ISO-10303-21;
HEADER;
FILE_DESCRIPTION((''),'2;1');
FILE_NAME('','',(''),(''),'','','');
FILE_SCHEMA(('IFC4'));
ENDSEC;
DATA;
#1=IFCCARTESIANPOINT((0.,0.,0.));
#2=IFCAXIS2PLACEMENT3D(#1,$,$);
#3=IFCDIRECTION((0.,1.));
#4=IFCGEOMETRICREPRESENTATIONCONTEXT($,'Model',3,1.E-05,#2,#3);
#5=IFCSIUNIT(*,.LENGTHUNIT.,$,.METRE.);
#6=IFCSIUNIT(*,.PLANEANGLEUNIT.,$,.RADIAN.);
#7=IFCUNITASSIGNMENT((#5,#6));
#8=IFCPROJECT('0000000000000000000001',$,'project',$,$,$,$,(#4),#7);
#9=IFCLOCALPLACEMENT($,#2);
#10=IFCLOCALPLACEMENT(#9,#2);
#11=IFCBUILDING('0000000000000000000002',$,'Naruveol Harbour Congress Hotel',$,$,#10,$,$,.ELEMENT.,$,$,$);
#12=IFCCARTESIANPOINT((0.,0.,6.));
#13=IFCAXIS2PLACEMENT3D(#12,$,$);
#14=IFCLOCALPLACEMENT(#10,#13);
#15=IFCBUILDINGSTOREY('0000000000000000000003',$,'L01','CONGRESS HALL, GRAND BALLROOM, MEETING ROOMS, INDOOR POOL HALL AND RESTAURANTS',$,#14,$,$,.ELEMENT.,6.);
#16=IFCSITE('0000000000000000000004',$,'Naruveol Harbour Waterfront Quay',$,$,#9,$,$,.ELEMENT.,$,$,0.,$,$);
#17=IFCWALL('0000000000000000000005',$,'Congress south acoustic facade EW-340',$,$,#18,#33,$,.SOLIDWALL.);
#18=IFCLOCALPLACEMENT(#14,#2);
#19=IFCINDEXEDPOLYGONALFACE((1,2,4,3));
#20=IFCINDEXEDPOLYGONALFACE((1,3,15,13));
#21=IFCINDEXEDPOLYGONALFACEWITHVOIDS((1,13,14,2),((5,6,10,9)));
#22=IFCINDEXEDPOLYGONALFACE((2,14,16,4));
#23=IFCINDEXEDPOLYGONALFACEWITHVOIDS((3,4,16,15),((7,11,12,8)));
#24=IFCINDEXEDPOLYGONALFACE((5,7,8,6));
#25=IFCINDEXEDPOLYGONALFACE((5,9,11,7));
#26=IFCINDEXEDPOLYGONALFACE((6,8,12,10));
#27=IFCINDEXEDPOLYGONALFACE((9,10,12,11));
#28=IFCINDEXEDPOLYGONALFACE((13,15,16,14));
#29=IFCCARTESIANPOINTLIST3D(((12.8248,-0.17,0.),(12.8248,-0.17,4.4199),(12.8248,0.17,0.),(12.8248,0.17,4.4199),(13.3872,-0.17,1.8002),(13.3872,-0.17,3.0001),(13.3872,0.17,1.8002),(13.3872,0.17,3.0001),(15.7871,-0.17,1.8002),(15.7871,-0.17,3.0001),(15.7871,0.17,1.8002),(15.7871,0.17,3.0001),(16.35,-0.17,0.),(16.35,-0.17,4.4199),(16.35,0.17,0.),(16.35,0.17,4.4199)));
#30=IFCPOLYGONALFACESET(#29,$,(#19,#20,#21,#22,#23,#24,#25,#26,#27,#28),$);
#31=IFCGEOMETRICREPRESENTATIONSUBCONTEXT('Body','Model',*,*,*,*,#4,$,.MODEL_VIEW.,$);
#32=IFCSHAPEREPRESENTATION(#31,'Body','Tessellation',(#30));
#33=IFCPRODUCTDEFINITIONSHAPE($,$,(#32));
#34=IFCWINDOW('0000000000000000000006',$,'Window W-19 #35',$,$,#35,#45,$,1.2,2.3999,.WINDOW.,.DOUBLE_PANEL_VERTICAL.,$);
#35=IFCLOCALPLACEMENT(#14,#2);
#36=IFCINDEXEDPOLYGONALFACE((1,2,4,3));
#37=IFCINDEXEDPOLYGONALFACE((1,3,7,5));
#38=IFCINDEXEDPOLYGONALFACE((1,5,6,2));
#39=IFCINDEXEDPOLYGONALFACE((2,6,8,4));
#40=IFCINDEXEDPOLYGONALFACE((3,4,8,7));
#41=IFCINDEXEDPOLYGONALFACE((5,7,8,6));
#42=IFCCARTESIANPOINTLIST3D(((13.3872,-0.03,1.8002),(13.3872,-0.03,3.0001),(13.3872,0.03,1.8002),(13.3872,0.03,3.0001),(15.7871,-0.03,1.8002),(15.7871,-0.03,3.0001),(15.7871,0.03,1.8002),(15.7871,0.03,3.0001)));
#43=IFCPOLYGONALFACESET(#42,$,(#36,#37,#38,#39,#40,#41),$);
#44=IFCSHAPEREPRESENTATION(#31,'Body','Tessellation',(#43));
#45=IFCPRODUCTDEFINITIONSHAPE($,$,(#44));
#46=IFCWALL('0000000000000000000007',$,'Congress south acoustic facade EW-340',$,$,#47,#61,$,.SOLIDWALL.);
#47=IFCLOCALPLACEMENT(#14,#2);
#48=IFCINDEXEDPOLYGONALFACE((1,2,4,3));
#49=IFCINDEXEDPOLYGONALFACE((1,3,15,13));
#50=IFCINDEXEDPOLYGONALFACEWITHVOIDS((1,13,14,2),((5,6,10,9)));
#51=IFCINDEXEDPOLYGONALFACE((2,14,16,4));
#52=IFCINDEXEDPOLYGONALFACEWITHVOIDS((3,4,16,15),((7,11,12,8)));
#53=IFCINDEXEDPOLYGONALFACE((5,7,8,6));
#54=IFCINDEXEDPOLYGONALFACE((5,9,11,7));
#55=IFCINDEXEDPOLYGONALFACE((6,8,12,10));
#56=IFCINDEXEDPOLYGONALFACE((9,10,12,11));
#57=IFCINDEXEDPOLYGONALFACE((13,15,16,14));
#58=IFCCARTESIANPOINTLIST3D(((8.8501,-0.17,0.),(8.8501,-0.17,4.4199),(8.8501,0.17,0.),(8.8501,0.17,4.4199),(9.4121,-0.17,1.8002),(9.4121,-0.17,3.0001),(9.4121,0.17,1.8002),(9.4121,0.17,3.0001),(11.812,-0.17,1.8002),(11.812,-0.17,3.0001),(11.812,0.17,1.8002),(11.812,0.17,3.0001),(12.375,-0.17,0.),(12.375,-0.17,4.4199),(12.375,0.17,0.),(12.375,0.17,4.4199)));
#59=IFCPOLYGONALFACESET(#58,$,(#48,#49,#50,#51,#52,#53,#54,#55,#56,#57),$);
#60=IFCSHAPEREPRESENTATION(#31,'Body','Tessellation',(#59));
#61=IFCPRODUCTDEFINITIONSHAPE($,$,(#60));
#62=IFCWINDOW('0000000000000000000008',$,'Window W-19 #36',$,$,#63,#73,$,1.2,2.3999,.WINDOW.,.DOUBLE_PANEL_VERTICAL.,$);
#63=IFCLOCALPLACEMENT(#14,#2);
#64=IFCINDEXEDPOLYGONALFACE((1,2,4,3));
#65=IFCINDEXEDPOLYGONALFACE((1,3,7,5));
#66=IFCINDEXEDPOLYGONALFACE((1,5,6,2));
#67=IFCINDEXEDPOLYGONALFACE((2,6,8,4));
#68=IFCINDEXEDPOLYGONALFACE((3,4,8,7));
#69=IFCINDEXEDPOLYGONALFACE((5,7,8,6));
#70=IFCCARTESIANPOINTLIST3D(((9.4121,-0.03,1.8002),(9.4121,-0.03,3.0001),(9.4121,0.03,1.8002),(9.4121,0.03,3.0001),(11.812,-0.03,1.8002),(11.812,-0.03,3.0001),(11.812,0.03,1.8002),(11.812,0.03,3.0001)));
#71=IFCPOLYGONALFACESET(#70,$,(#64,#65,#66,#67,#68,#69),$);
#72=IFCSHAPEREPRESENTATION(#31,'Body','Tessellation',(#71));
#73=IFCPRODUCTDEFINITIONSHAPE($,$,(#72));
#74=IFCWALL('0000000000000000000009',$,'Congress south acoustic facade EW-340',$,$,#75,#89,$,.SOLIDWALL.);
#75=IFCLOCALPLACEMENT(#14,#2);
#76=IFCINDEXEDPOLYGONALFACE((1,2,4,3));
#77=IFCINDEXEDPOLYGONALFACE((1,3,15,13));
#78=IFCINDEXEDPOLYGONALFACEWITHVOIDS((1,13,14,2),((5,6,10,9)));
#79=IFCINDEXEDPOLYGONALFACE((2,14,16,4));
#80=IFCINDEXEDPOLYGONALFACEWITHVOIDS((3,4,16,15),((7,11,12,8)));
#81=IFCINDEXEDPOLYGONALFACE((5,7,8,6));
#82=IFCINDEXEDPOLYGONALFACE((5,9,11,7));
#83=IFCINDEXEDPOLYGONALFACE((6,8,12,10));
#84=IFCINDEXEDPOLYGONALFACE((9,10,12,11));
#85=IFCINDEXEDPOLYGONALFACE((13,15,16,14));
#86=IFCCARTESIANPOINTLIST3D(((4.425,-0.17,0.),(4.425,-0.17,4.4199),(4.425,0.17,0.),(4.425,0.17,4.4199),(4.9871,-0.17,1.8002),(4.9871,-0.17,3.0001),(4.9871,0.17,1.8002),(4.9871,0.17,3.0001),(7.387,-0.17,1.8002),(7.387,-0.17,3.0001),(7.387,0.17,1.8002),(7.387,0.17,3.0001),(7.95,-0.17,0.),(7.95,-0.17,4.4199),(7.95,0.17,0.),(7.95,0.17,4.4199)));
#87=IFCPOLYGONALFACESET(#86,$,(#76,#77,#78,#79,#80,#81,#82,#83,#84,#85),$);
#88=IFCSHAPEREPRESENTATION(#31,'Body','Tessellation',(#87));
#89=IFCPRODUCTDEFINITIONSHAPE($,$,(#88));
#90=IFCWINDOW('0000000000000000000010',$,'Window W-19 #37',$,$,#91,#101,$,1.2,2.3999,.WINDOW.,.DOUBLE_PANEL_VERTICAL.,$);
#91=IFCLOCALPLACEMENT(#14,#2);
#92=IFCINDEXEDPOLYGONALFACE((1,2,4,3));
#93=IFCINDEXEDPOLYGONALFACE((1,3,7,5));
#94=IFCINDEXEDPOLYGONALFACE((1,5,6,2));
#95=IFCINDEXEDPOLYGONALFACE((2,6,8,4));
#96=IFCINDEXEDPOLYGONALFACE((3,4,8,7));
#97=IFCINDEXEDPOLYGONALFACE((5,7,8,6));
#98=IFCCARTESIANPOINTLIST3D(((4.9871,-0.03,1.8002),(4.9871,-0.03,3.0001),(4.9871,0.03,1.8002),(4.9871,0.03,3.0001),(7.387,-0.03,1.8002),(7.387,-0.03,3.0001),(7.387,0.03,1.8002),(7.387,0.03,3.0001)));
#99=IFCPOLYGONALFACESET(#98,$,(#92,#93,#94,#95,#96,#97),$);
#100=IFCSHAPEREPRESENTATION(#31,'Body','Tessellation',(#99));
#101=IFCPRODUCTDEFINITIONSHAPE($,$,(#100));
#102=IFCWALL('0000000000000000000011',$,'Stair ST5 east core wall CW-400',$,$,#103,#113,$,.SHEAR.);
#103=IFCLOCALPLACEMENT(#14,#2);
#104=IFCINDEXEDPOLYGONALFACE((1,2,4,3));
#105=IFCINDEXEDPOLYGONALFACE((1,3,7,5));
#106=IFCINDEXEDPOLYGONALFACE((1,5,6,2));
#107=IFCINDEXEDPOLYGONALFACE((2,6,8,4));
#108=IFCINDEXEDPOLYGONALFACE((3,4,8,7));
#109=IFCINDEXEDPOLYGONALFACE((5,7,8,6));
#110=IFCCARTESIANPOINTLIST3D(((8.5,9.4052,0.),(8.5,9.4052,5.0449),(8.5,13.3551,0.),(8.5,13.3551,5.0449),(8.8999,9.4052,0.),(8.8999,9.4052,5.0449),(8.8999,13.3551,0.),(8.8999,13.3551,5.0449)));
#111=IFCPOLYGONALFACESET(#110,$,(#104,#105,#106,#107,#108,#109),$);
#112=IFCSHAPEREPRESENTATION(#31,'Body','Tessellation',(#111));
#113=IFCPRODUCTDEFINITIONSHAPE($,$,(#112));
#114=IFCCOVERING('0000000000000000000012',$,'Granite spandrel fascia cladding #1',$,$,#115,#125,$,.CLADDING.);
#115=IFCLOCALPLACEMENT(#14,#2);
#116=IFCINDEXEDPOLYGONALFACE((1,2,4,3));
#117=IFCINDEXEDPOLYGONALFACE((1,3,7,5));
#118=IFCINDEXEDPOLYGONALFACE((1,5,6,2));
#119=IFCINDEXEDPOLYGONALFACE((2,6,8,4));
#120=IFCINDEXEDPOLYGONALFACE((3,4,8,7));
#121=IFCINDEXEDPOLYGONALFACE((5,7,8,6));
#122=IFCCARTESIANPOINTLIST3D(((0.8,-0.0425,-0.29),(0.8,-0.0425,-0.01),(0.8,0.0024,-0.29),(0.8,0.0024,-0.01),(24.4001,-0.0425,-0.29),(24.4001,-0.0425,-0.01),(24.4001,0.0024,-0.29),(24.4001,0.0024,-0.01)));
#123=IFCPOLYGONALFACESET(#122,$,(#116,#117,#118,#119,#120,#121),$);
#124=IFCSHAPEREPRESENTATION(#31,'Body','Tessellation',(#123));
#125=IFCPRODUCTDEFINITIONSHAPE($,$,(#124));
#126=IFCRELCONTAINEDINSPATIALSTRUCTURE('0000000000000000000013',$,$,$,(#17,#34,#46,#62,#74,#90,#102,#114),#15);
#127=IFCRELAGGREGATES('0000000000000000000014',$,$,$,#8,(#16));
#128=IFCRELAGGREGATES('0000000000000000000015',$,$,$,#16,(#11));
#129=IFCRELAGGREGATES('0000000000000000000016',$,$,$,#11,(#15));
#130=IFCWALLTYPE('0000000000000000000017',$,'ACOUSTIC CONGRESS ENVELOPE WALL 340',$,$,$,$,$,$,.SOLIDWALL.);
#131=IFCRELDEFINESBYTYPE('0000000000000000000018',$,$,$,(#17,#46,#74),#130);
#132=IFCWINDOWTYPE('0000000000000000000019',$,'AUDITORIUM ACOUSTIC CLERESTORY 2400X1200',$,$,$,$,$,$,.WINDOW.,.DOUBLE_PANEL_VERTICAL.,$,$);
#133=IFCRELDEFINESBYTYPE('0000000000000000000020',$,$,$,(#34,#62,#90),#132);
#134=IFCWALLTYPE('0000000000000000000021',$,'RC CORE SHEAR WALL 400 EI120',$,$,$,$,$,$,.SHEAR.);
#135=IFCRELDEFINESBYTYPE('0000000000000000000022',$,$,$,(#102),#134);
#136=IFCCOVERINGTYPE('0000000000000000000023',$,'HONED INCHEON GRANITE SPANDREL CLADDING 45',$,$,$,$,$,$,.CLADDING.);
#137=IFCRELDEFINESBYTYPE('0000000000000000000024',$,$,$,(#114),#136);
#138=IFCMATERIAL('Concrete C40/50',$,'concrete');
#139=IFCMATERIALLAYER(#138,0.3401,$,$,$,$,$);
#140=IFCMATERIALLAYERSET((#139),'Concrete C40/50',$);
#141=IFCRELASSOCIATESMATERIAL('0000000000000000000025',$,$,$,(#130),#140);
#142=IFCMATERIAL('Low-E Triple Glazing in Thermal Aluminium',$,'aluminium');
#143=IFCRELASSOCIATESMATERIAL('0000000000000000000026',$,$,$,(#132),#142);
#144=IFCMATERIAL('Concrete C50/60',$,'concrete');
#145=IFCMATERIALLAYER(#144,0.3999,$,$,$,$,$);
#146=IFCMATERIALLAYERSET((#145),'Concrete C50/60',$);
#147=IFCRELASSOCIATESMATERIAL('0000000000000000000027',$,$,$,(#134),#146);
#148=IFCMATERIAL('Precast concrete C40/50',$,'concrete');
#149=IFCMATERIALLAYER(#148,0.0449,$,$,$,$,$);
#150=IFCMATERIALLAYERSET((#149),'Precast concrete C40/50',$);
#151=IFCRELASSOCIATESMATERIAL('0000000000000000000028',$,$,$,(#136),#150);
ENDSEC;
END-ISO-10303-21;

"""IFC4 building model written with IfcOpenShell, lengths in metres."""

from ifc_helpers import new_model, si_unit, direction, frame, frame_2d, origin, origin_2d, place, context, subcontext, project, spatial, rectangle, extrude, material, layer, layer_set, type_object, element, fill, save


model = new_model("IFC4")

# Units and contexts
model_context = context("Model", 3, precision=1e-05, world=origin(), true_north=direction((0.0, 1.0)))
body_context = subcontext(model_context, "Body", "Model", "MODEL_VIEW")
ifc_project = project(units=[si_unit("LENGTHUNIT", "METRE"), si_unit("PLANEANGLEUNIT", "RADIAN")], contexts=[model_context])

# Site, building, storey
site_placement = place(None, origin())
site = spatial("IfcSite", under=ifc_project, at=site_placement, Name="Naruveol Harbour Waterfront Quay", CompositionType="ELEMENT", RefElevation=0.0)
building_placement = place(site_placement, origin())
building = spatial("IfcBuilding", under=site, at=building_placement, Name="Naruveol Harbour Congress Hotel", CompositionType="ELEMENT")
storey_placement = place(building_placement, frame((0.0, 0.0, 6.0)))
storey = spatial("IfcBuildingStorey", under=building, at=storey_placement, Name="L01", Description="CONGRESS HALL, GRAND BALLROOM, MEETING ROOMS, INDOOR POOL HALL AND RESTAURANTS", CompositionType="ELEMENT", Elevation=6.0)

# Walls, openings, windows
ifc_material_1 = material(Name="Concrete C40/50", Category="concrete")
ifc_layer_1 = layer(ifc_material_1, 0.3401)
ifc_layer_set_1 = layer_set([ifc_layer_1], Name="Concrete C40/50")
wall_type_1 = type_object("IfcWallType", Name="ACOUSTIC CONGRESS ENVELOPE WALL 340", PredefinedType="SOLIDWALL", material=ifc_layer_set_1)
ifc_material_2 = material(Name="Low-E Triple Glazing in Thermal Aluminium", Category="aluminium")
window_type = type_object("IfcWindowType", Name="AUDITORIUM ACOUSTIC CLERESTORY 2400X1200", PartitioningType="DOUBLE_PANEL_VERTICAL", PredefinedType="WINDOW", material=ifc_material_2)
wall_1_placement = place(storey_placement, frame((16.3501, 0.0, 0.0), z_axis=(0.0, 0.0, 1.0), x_axis=(-1.0, 0.0, 0.0)))
wall_1 = element("IfcWall", 1, at=wall_1_placement, inside=storey, type_object=wall_type_1, Name="Congress south acoustic facade EW-340", PredefinedType="SOLIDWALL", context=body_context, shape_type="SweptSolid", body=[
    extrude(rectangle(XDim=3.5251, YDim=0.3401, at=frame_2d((1.7627, 0.0))), origin(), (0.0, 0.0, 1.0), 4.4199),
])
opening_1_placement = place(wall_1_placement, frame((0.563, 0.0, 1.8)))
opening_1 = element("IfcOpeningElement", 2, at=opening_1_placement, cuts=wall_1, PredefinedType="OPENING", context=body_context, shape_type="SweptSolid", body=[
    extrude(rectangle(XDim=2.3999, YDim=1.2, at=frame_2d((1.2, 0.6001))), frame((0.0, 0.1799, 0.0), z_axis=(0.0, -1.0, 0.0), x_axis=(1.0, 0.0, 0.0)), (0.0, 0.0, 1.0), 0.3601),
])
window_1_placement = place(opening_1_placement, origin())
window_1 = element("IfcWindow", 3, at=window_1_placement, inside=storey, type_object=window_type, Name="Window W-19 #35", OverallHeight=1.2, OverallWidth=2.3999, PartitioningType="DOUBLE_PANEL_VERTICAL", PredefinedType="WINDOW", context=body_context, shape_type="SweptSolid", body=[
    extrude(rectangle(XDim=2.3999, YDim=1.2, at=frame_2d((1.2, 0.6001))), frame((0.0, 0.03, 0.0), z_axis=(0.0, -1.0, 0.0), x_axis=(1.0, 0.0, 0.0)), (0.0, 0.0, 1.0), 0.0601),
])
fill(opening_1, window_1)
wall_2_placement = place(storey_placement, frame((12.375, 0.0, 0.0), z_axis=(0.0, 0.0, 1.0), x_axis=(-1.0, 0.0, 0.0)))
wall_2 = element("IfcWall", 4, at=wall_2_placement, inside=storey, type_object=wall_type_1, Name="Congress south acoustic facade EW-340", PredefinedType="SOLIDWALL", context=body_context, shape_type="SweptSolid", body=[
    extrude(rectangle(XDim=3.5249, YDim=0.3401, at=frame_2d((1.7625, 0.0))), origin(), (0.0, 0.0, 1.0), 4.4199),
])
opening_2_placement = place(wall_2_placement, frame((0.563, 0.0, 1.8)))
opening_2 = element("IfcOpeningElement", 5, at=opening_2_placement, cuts=wall_2, PredefinedType="OPENING", context=body_context, shape_type="SweptSolid", body=[
    extrude(rectangle(XDim=2.3999, YDim=1.2, at=frame_2d((1.2, 0.6001))), frame((0.0, 0.1799, 0.0), z_axis=(0.0, -1.0, 0.0), x_axis=(1.0, 0.0, 0.0)), (0.0, 0.0, 1.0), 0.3601),
])
window_2_placement = place(opening_2_placement, origin())
window_2 = element("IfcWindow", 6, at=window_2_placement, inside=storey, type_object=window_type, Name="Window W-19 #36", OverallHeight=1.2, OverallWidth=2.3999, PartitioningType="DOUBLE_PANEL_VERTICAL", PredefinedType="WINDOW", context=body_context, shape_type="SweptSolid", body=[
    extrude(rectangle(XDim=2.3999, YDim=1.2, at=frame_2d((1.2, 0.6001))), frame((0.0, 0.03, 0.0), z_axis=(0.0, -1.0, 0.0), x_axis=(1.0, 0.0, 0.0)), (0.0, 0.0, 1.0), 0.0601),
])
fill(opening_2, window_2)
wall_3_placement = place(storey_placement, frame((7.95, 0.0, 0.0), z_axis=(0.0, 0.0, 1.0), x_axis=(-1.0, 0.0, 0.0)))
wall_3 = element("IfcWall", 7, at=wall_3_placement, inside=storey, type_object=wall_type_1, Name="Congress south acoustic facade EW-340", PredefinedType="SOLIDWALL", context=body_context, shape_type="SweptSolid", body=[
    extrude(rectangle(XDim=3.5249, YDim=0.3401, at=frame_2d((1.7625, 0.0))), origin(), (0.0, 0.0, 1.0), 4.4199),
])
opening_3_placement = place(wall_3_placement, frame((0.563, 0.0, 1.8)))
opening_3 = element("IfcOpeningElement", 8, at=opening_3_placement, cuts=wall_3, PredefinedType="OPENING", context=body_context, shape_type="SweptSolid", body=[
    extrude(rectangle(XDim=2.3999, YDim=1.2, at=frame_2d((1.2, 0.6001))), frame((0.0, 0.1799, 0.0), z_axis=(0.0, -1.0, 0.0), x_axis=(1.0, 0.0, 0.0)), (0.0, 0.0, 1.0), 0.3601),
])
window_3_placement = place(opening_3_placement, origin())
window_3 = element("IfcWindow", 9, at=window_3_placement, inside=storey, type_object=window_type, Name="Window W-19 #37", OverallHeight=1.2, OverallWidth=2.3999, PartitioningType="DOUBLE_PANEL_VERTICAL", PredefinedType="WINDOW", context=body_context, shape_type="SweptSolid", body=[
    extrude(rectangle(XDim=2.3999, YDim=1.2, at=frame_2d((1.2, 0.6001))), frame((0.0, 0.03, 0.0), z_axis=(0.0, -1.0, 0.0), x_axis=(1.0, 0.0, 0.0)), (0.0, 0.0, 1.0), 0.0601),
])
fill(opening_3, window_3)

# Wall
ifc_material_3 = material(Name="Concrete C50/60", Category="concrete")
ifc_layer_2 = layer(ifc_material_3, 0.3999)
ifc_layer_set_2 = layer_set([ifc_layer_2], Name="Concrete C50/60")
wall_type_2 = type_object("IfcWallType", Name="RC CORE SHEAR WALL 400 EI120", PredefinedType="SHEAR", material=ifc_layer_set_2)
wall_4_placement = place(storey_placement, frame((8.7, 9.405, 0.0), z_axis=(0.0, 0.0, 1.0), x_axis=(0.0, 1.0, 0.0)))
element("IfcWall", 10, at=wall_4_placement, inside=storey, type_object=wall_type_2, Name="Stair ST5 east core wall CW-400", PredefinedType="SHEAR", context=body_context, shape_type="SweptSolid", body=[
    extrude(rectangle(XDim=3.95, YDim=0.3999, at=frame_2d((1.9751, 0.0))), origin(), (0.0, 0.0, 1.0), 5.0449),
])

# Covering
ifc_material_4 = material(Name="Precast concrete C40/50", Category="concrete")
ifc_layer_3 = layer(ifc_material_4, 0.0449)
ifc_layer_set_3 = layer_set([ifc_layer_3], Name="Precast concrete C40/50")
covering_type = type_object("IfcCoveringType", Name="HONED INCHEON GRANITE SPANDREL CLADDING 45", PredefinedType="CLADDING", material=ifc_layer_set_3)
covering_placement = place(storey_placement, frame((12.6001, -0.02, -0.29), z_axis=(0.0, 0.0, 1.0), x_axis=(1.0, 0.0, 0.0)))
element("IfcCovering", 11, at=covering_placement, inside=storey, type_object=covering_type, Name="Granite spandrel fascia cladding #1", PredefinedType="CLADDING", context=body_context, shape_type="SweptSolid", body=[
    extrude(rectangle(XDim=23.6001, YDim=0.0449, at=origin_2d()), origin(), (0.0, 0.0, 1.0), 0.28),
])

save(model, "model.ifc")
